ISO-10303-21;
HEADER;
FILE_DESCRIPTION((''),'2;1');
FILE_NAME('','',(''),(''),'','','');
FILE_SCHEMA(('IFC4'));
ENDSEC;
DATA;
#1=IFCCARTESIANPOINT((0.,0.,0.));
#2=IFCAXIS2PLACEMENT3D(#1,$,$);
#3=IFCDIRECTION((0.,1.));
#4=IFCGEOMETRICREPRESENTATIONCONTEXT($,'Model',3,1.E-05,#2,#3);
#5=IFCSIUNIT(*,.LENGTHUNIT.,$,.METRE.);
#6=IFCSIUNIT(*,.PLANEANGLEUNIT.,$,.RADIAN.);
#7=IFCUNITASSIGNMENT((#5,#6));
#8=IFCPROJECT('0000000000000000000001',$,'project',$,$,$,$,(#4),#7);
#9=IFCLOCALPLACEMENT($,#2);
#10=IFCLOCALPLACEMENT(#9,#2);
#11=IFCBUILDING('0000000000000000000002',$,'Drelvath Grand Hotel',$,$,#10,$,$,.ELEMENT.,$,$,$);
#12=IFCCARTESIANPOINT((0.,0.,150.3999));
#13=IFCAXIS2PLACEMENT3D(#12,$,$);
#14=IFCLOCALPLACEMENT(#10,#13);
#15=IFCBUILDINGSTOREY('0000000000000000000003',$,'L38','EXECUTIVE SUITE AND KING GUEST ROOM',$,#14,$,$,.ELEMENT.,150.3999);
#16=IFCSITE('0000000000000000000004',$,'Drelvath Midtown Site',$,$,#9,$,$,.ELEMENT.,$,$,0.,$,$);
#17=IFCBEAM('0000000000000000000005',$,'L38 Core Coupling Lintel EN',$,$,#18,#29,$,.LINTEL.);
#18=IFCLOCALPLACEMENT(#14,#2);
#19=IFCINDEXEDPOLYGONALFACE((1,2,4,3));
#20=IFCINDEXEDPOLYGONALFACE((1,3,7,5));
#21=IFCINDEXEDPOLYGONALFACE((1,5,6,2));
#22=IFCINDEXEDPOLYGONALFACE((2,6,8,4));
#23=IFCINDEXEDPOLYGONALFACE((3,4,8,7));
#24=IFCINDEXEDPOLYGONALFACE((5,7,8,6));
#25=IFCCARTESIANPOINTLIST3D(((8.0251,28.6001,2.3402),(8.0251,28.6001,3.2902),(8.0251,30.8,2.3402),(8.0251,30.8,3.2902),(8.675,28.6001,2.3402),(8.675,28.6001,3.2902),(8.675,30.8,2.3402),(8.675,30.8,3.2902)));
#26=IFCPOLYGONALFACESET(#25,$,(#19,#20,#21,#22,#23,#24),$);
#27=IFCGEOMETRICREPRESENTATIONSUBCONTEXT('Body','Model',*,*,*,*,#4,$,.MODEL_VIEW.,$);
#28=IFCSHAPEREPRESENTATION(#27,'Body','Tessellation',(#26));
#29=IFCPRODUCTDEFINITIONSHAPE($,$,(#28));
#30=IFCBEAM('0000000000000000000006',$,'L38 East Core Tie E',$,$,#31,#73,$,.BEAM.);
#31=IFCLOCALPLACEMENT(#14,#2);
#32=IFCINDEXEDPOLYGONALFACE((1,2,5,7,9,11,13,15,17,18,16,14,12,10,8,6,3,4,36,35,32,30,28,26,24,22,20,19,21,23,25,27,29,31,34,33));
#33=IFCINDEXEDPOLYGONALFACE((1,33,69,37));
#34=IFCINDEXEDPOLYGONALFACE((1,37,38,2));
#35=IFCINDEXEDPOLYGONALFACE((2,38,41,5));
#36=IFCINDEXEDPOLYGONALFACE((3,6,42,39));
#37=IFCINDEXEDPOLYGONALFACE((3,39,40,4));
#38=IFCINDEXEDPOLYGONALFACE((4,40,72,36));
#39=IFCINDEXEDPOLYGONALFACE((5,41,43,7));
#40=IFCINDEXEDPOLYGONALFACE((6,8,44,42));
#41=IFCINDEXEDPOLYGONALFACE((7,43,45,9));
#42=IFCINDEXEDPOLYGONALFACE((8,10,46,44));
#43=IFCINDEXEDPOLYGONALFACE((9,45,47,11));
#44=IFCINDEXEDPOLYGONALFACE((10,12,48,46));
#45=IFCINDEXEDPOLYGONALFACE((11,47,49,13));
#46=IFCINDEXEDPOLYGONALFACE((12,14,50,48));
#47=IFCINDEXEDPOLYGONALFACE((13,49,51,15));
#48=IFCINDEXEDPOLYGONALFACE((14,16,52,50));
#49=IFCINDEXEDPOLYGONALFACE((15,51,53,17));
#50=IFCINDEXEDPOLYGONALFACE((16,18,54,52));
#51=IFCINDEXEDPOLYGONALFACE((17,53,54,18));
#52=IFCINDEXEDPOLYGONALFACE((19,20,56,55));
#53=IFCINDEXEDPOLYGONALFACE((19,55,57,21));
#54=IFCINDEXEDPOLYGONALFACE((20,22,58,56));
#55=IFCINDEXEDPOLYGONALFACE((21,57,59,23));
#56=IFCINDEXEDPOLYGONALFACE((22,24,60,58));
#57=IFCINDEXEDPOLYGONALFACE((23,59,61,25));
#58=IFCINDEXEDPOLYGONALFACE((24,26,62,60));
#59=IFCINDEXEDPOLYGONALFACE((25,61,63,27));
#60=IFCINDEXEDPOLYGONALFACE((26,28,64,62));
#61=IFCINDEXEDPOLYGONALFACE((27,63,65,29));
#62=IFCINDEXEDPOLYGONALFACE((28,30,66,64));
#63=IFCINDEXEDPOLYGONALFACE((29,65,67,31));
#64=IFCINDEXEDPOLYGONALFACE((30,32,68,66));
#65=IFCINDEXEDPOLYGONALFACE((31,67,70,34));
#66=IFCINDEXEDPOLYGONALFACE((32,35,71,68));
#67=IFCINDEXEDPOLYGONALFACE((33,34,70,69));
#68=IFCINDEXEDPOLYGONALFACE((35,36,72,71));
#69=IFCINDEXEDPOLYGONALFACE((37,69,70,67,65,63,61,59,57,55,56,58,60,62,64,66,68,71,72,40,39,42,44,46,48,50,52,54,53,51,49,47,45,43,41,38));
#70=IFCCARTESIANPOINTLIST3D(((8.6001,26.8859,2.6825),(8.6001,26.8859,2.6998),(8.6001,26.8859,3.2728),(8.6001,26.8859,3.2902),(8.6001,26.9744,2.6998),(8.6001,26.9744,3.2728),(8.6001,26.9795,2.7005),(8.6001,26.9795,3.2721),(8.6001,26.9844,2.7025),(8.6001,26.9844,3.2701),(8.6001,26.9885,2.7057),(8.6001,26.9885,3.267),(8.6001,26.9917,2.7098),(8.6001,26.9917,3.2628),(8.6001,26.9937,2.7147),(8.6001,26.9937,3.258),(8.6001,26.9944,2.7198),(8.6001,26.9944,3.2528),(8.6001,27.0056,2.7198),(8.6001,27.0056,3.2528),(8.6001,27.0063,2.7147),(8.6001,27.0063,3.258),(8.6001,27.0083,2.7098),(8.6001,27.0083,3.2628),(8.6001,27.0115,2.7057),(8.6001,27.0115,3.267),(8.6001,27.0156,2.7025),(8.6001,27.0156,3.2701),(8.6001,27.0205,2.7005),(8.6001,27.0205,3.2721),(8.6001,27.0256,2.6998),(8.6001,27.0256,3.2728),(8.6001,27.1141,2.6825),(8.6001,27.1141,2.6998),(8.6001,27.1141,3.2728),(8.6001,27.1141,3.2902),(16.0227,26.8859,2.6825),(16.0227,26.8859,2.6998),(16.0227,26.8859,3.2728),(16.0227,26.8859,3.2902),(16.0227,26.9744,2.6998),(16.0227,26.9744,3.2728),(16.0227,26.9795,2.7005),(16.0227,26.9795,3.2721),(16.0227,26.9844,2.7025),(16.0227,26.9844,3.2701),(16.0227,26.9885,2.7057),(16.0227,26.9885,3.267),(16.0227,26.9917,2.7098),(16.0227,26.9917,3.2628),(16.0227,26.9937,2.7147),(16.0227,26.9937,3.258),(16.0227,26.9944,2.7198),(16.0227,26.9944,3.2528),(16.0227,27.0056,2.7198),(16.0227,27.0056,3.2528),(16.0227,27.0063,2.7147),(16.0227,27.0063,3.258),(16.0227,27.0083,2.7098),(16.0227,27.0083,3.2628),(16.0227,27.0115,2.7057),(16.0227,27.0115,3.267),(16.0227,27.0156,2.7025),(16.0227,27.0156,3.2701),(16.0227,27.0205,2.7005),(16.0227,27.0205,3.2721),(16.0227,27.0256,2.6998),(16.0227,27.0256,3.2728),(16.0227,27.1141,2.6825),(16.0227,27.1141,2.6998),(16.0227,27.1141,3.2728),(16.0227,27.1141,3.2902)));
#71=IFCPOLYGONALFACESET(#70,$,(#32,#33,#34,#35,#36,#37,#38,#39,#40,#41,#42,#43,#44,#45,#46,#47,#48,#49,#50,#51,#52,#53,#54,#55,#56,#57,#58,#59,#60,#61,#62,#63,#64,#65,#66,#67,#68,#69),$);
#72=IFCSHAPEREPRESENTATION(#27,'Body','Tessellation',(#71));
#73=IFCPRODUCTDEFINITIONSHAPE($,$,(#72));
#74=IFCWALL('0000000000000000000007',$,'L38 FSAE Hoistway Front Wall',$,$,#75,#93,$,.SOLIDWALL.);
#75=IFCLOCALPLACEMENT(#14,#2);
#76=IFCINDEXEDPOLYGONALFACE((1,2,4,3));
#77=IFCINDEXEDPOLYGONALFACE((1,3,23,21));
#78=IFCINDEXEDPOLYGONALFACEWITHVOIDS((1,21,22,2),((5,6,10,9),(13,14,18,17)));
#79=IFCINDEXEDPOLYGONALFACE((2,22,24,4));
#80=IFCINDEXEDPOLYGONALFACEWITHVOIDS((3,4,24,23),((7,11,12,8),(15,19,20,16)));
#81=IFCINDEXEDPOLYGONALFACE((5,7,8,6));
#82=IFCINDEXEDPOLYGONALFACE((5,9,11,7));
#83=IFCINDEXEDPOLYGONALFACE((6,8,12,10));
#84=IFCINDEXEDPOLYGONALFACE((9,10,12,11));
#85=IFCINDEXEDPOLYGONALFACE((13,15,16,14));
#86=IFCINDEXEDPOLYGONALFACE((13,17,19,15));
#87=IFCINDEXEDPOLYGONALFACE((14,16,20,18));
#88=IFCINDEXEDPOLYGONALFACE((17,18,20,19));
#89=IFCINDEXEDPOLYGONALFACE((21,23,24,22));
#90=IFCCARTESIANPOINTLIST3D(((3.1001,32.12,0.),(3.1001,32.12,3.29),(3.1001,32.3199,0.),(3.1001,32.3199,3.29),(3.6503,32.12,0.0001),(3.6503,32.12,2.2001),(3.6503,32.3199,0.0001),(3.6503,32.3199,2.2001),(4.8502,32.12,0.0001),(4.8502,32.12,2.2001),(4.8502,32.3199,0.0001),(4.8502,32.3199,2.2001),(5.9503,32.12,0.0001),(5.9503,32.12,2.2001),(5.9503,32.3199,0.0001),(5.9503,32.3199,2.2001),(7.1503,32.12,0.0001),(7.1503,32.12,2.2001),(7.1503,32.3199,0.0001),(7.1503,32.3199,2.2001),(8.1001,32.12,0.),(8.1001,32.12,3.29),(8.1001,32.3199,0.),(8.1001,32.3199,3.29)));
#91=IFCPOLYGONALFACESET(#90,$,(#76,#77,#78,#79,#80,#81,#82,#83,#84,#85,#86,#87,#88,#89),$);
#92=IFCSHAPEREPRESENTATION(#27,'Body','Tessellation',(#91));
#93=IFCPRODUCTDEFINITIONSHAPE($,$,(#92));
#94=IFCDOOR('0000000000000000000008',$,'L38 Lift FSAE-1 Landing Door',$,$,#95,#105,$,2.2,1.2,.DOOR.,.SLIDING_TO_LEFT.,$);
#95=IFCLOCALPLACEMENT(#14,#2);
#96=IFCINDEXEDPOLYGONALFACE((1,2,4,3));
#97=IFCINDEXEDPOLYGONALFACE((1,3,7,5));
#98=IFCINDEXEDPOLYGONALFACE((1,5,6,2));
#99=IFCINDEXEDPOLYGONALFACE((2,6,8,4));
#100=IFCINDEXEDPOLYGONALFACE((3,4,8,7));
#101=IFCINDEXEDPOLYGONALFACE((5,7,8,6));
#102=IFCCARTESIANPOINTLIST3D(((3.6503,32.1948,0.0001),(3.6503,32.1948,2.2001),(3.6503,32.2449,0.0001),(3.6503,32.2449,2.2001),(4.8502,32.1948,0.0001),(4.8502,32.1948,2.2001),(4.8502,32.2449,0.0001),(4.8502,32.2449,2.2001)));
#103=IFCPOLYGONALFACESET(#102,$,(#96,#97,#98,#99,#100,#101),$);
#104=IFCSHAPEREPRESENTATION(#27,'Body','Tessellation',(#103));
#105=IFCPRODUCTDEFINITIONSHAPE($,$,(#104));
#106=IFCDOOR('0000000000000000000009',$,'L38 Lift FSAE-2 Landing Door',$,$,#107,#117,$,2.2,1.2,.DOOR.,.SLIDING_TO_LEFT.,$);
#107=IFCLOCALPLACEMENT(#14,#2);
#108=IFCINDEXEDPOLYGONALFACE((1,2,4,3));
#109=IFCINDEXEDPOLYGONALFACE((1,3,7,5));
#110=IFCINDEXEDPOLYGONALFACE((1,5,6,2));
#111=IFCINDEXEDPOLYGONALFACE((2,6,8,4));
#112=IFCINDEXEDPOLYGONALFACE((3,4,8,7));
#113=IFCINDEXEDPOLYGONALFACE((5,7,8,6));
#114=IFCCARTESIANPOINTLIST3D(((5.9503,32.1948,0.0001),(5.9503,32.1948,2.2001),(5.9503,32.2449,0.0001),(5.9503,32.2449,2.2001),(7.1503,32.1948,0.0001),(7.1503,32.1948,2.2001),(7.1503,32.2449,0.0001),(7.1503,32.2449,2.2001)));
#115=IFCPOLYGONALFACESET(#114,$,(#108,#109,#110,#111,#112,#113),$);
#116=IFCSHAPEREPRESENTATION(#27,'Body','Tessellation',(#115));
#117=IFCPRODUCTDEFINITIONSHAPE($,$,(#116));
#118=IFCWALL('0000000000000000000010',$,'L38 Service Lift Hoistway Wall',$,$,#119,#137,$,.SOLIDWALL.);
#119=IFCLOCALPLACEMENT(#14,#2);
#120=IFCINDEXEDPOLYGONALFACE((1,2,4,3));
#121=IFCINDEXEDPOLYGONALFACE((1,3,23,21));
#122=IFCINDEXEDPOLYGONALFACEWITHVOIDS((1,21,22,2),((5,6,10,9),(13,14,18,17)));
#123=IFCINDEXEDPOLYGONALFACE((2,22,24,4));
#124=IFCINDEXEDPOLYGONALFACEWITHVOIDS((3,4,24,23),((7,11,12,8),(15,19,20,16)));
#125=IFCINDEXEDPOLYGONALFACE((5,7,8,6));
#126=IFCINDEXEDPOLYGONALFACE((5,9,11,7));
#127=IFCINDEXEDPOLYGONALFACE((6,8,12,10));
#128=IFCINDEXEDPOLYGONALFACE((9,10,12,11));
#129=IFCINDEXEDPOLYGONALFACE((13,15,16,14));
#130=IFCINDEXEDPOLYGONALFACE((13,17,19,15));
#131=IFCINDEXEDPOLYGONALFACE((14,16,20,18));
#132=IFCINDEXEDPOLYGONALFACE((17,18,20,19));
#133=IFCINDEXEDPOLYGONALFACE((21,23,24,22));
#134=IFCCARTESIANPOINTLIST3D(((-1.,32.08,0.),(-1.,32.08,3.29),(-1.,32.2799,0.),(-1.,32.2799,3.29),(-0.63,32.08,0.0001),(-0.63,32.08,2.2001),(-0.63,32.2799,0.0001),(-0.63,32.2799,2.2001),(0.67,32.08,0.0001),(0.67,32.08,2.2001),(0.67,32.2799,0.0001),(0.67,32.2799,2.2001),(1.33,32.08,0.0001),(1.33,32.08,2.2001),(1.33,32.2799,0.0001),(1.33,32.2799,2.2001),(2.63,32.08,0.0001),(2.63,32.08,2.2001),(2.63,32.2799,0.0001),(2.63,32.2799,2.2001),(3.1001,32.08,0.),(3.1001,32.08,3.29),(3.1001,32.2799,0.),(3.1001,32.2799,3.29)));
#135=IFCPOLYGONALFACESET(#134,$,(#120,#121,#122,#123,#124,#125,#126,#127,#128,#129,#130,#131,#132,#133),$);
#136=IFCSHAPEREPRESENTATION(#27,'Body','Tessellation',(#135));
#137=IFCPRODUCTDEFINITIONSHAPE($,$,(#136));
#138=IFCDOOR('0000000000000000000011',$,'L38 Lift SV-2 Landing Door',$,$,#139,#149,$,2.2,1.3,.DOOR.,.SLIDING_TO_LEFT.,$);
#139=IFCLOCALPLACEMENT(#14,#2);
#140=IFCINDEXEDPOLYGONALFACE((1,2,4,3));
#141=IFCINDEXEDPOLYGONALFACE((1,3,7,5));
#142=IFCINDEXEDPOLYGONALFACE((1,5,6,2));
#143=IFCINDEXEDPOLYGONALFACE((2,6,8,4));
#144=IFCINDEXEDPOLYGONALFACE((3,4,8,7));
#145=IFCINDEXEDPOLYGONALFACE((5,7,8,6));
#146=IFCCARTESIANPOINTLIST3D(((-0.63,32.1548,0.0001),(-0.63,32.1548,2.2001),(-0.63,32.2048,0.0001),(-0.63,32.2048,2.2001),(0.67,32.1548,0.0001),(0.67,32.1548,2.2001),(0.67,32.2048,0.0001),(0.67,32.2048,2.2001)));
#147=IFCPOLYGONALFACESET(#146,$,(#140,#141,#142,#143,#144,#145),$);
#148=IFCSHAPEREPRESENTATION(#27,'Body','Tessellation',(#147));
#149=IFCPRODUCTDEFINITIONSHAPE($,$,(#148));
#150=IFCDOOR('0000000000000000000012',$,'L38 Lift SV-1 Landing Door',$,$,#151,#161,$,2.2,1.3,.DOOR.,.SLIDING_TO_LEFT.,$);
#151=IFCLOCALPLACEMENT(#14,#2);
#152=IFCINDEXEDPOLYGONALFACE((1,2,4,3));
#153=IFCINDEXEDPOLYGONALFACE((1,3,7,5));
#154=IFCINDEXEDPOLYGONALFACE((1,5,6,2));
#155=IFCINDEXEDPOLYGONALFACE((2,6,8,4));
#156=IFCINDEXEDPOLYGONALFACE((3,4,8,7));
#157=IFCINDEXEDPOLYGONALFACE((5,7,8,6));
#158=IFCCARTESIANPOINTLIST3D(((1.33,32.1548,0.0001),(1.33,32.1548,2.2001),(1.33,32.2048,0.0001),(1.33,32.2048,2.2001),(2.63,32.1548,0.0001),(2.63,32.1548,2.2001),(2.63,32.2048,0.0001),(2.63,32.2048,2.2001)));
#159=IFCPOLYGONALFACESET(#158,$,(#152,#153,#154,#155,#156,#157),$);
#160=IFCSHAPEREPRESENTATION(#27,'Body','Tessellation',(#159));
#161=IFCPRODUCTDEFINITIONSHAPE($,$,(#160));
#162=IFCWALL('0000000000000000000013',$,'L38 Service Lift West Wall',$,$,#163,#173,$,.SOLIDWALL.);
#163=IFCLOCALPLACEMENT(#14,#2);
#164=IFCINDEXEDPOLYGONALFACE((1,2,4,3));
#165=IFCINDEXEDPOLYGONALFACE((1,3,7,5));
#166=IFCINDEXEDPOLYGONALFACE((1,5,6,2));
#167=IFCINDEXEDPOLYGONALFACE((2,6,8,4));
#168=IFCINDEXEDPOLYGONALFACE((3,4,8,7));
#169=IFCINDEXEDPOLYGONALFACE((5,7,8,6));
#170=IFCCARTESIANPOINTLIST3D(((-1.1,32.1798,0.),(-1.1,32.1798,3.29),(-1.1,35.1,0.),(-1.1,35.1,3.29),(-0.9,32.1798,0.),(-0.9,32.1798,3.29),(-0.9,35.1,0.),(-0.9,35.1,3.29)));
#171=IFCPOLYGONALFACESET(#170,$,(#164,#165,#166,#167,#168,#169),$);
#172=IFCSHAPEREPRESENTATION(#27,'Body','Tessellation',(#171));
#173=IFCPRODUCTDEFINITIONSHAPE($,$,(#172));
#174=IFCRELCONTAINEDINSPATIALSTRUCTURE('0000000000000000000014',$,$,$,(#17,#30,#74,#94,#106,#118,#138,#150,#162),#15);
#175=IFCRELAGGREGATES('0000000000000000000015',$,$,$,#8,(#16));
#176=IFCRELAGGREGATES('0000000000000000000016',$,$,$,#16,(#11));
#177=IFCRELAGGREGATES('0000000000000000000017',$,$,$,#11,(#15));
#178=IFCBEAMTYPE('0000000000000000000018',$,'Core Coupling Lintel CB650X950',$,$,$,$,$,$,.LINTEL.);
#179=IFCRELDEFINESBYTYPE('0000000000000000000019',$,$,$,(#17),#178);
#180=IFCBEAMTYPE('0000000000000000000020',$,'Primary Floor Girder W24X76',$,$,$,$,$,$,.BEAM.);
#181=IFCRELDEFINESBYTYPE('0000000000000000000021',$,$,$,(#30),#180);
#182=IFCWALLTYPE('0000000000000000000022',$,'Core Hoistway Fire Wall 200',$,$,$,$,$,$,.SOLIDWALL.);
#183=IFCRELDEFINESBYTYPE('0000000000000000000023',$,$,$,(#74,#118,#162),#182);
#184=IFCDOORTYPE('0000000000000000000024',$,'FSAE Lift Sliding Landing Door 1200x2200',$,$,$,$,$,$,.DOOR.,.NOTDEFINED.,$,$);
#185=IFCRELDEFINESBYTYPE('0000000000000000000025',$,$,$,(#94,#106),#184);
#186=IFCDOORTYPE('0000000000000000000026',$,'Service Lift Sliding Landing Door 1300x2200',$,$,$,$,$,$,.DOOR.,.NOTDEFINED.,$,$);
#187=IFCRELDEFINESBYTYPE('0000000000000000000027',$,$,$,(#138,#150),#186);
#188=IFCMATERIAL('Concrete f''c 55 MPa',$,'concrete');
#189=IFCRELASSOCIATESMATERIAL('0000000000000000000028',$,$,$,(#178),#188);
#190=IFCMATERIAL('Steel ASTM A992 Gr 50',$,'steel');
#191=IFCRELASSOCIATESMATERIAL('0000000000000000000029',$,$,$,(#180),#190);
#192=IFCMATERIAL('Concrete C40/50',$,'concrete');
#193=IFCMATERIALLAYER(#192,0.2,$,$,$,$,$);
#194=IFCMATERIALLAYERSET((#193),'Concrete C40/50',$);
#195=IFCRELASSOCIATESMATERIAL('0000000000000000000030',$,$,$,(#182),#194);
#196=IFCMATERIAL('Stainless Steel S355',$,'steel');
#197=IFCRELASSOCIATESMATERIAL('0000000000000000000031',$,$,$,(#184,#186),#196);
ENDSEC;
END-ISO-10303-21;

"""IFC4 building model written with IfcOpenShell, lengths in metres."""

from ifc_helpers import new_model, si_unit, direction, frame, frame_2d, origin, origin_2d, place, context, subcontext, project, spatial, rectangle, i_section, extrude, material, layer, layer_set, material_profile, profile_set, type_object, element, fill, save


model = new_model("IFC4")

# Units and contexts
model_context = context("Model", 3, precision=1e-05, world=origin(), true_north=direction((0.0, 1.0)))
body_context = subcontext(model_context, "Body", "Model", "MODEL_VIEW")
ifc_project = project(units=[si_unit("LENGTHUNIT", "METRE"), si_unit("PLANEANGLEUNIT", "RADIAN")], contexts=[model_context])

# Site, building, storey
site_placement = place(None, origin())
site = spatial("IfcSite", under=ifc_project, at=site_placement, Name="Drelvath Midtown Site", CompositionType="ELEMENT", RefElevation=0.0)
building_placement = place(site_placement, origin())
building = spatial("IfcBuilding", under=site, at=building_placement, Name="Drelvath Grand Hotel", CompositionType="ELEMENT")
storey_placement = place(building_placement, frame((0.0, 0.0, 150.3999)))
storey = spatial("IfcBuildingStorey", under=building, at=storey_placement, Name="L38", Description="EXECUTIVE SUITE AND KING GUEST ROOM", CompositionType="ELEMENT", Elevation=150.3999)

# Beams
ifc_material_1 = material(Name="Concrete f'c 55 MPa", Category="concrete")
ifc_material_profile_1 = material_profile(ifc_material_1, rectangle(XDim=0.6499, YDim=0.95, at=origin_2d()), Name="CB650X950")
ifc_profile_set_1 = profile_set([ifc_material_profile_1], Name="Concrete f'c 55 MPa")
beam_type_1 = type_object("IfcBeamType", Name="Core Coupling Lintel CB650X950", PredefinedType="LINTEL", material=ifc_profile_set_1)
beam_1_placement = place(storey_placement, frame((8.3501, 28.6001, 2.8152), z_axis=(0.0, 1.0, 0.0), x_axis=(-1.0, 0.0, 0.0)))
element("IfcBeam", 1, at=beam_1_placement, inside=storey, type_object=beam_type_1, Name="L38 Core Coupling Lintel EN", PredefinedType="LINTEL", context=body_context, shape_type="SweptSolid", body=[
    extrude(rectangle(XDim=0.6499, YDim=0.95, at=origin_2d()), origin(), (0.0, 0.0, 1.0), 2.2),
])
ifc_material_2 = material(Name="Steel ASTM A992 Gr 50", Category="steel")
ifc_material_profile_2 = material_profile(ifc_material_2, i_section(OverallWidth=0.2283, OverallDepth=0.6077, WebThickness=0.0112, FlangeThickness=0.0173, FilletRadius=0.02, at=origin_2d()), Name="W24X76")
ifc_profile_set_2 = profile_set([ifc_material_profile_2], Name="Steel ASTM A992 Gr 50")
beam_type_2 = type_object("IfcBeamType", Name="Primary Floor Girder W24X76", PredefinedType="BEAM", material=ifc_profile_set_2)
beam_2_placement = place(storey_placement, frame((8.6001, 27.0, 2.9863), z_axis=(1.0, 0.0, 0.0), x_axis=(0.0, 1.0, 0.0)))
element("IfcBeam", 2, at=beam_2_placement, inside=storey, type_object=beam_type_2, Name="L38 East Core Tie E", PredefinedType="BEAM", context=body_context, shape_type="SweptSolid", body=[
    extrude(i_section(OverallWidth=0.2283, OverallDepth=0.6077, WebThickness=0.0112, FlangeThickness=0.0173, FilletRadius=0.02, at=origin_2d()), origin(), (0.0, 0.0, 1.0), 7.4226),
])

# Walls, openings, doors
ifc_material_3 = material(Name="Concrete C40/50", Category="concrete")
ifc_layer_1 = layer(ifc_material_3, 0.2)
ifc_layer_set_1 = layer_set([ifc_layer_1], Name="Concrete C40/50")
wall_type_1 = type_object("IfcWallType", Name="Core Hoistway Fire Wall 200", PredefinedType="SOLIDWALL", material=ifc_layer_set_1)
wall_1_placement = place(storey_placement, frame((3.1001, 32.22, 0.0), z_axis=(0.0, 0.0, 1.0), x_axis=(1.0, 0.0, 0.0)))
wall_1 = element("IfcWall", 3, at=wall_1_placement, inside=storey, type_object=wall_type_1, Name="L38 FSAE Hoistway Front Wall", PredefinedType="SOLIDWALL", context=body_context, shape_type="SweptSolid", body=[
    extrude(rectangle(XDim=5.0, YDim=0.2, at=frame_2d((2.5, 0.0))), origin(), (0.0, 0.0, 1.0), 3.29),
])
opening_1_placement = place(wall_1_placement, frame((0.55, 0.0, 0.0)))
opening_1 = element("IfcOpeningElement", 4, at=opening_1_placement, cuts=wall_1, PredefinedType="OPENING", context=body_context, shape_type="SweptSolid", body=[
    extrude(rectangle(XDim=1.2, YDim=2.2, at=frame_2d((0.6001, 1.1001))), frame((0.0, 0.1099, 0.0), z_axis=(0.0, -1.0, 0.0), x_axis=(1.0, 0.0, 0.0)), (0.0, 0.0, 1.0), 0.22),
])
opening_2_placement = place(wall_1_placement, frame((2.8501, 0.0, 0.0)))
opening_2 = element("IfcOpeningElement", 5, at=opening_2_placement, cuts=wall_1, PredefinedType="OPENING", context=body_context, shape_type="SweptSolid", body=[
    extrude(rectangle(XDim=1.2, YDim=2.2, at=frame_2d((0.6001, 1.1001))), frame((0.0, 0.1099, 0.0), z_axis=(0.0, -1.0, 0.0), x_axis=(1.0, 0.0, 0.0)), (0.0, 0.0, 1.0), 0.22),
])
ifc_material_4 = material(Name="Stainless Steel S355", Category="steel")
door_type_1 = type_object("IfcDoorType", Name="FSAE Lift Sliding Landing Door 1200x2200", OperationType="NOTDEFINED", PredefinedType="DOOR", material=ifc_material_4)
door_1_placement = place(opening_1_placement, origin())
door_1 = element("IfcDoor", 6, at=door_1_placement, inside=storey, type_object=door_type_1, Name="L38 Lift FSAE-1 Landing Door", OperationType="SLIDING_TO_LEFT", OverallHeight=2.2, OverallWidth=1.2, PredefinedType="DOOR", context=body_context, shape_type="SweptSolid", body=[
    extrude(rectangle(XDim=1.2, YDim=2.2, at=frame_2d((0.6001, 1.1001))), frame((0.0, 0.0249, 0.0), z_axis=(0.0, -1.0, 0.0), x_axis=(1.0, 0.0, 0.0)), (0.0, 0.0, 1.0), 0.05),
])
fill(opening_1, door_1)
door_2_placement = place(opening_2_placement, origin())
door_2 = element("IfcDoor", 7, at=door_2_placement, inside=storey, type_object=door_type_1, Name="L38 Lift FSAE-2 Landing Door", OperationType="SLIDING_TO_LEFT", OverallHeight=2.2, OverallWidth=1.2, PredefinedType="DOOR", context=body_context, shape_type="SweptSolid", body=[
    extrude(rectangle(XDim=1.2, YDim=2.2, at=frame_2d((0.6001, 1.1001))), frame((0.0, 0.0249, 0.0), z_axis=(0.0, -1.0, 0.0), x_axis=(1.0, 0.0, 0.0)), (0.0, 0.0, 1.0), 0.05),
])
fill(opening_2, door_2)
wall_2_placement = place(storey_placement, frame((-1.0, 32.1799, 0.0), z_axis=(0.0, 0.0, 1.0), x_axis=(1.0, 0.0, 0.0)))
wall_2 = element("IfcWall", 8, at=wall_2_placement, inside=storey, type_object=wall_type_1, Name="L38 Service Lift Hoistway Wall", PredefinedType="SOLIDWALL", context=body_context, shape_type="SweptSolid", body=[
    extrude(rectangle(XDim=4.1001, YDim=0.2, at=frame_2d((2.05, 0.0))), origin(), (0.0, 0.0, 1.0), 3.29),
])
opening_3_placement = place(wall_2_placement, frame((0.3701, 0.0, 0.0)))
opening_3 = element("IfcOpeningElement", 9, at=opening_3_placement, cuts=wall_2, PredefinedType="OPENING", context=body_context, shape_type="SweptSolid", body=[
    extrude(rectangle(XDim=1.3, YDim=2.2, at=frame_2d((0.6499, 1.1001))), frame((0.0, 0.1099, 0.0), z_axis=(0.0, -1.0, 0.0), x_axis=(1.0, 0.0, 0.0)), (0.0, 0.0, 1.0), 0.22),
])
opening_4_placement = place(wall_2_placement, frame((2.3301, 0.0, 0.0)))
opening_4 = element("IfcOpeningElement", 10, at=opening_4_placement, cuts=wall_2, PredefinedType="OPENING", context=body_context, shape_type="SweptSolid", body=[
    extrude(rectangle(XDim=1.3, YDim=2.2, at=frame_2d((0.6499, 1.1001))), frame((0.0, 0.1099, 0.0), z_axis=(0.0, -1.0, 0.0), x_axis=(1.0, 0.0, 0.0)), (0.0, 0.0, 1.0), 0.22),
])
door_type_2 = type_object("IfcDoorType", Name="Service Lift Sliding Landing Door 1300x2200", OperationType="NOTDEFINED", PredefinedType="DOOR", material=ifc_material_4)
door_3_placement = place(opening_3_placement, origin())
door_3 = element("IfcDoor", 11, at=door_3_placement, inside=storey, type_object=door_type_2, Name="L38 Lift SV-2 Landing Door", OperationType="SLIDING_TO_LEFT", OverallHeight=2.2, OverallWidth=1.3, PredefinedType="DOOR", context=body_context, shape_type="SweptSolid", body=[
    extrude(rectangle(XDim=1.3, YDim=2.2, at=frame_2d((0.6499, 1.1001))), frame((0.0, 0.0249, 0.0), z_axis=(0.0, -1.0, 0.0), x_axis=(1.0, 0.0, 0.0)), (0.0, 0.0, 1.0), 0.05),
])
fill(opening_3, door_3)
door_4_placement = place(opening_4_placement, origin())
door_4 = element("IfcDoor", 12, at=door_4_placement, inside=storey, type_object=door_type_2, Name="L38 Lift SV-1 Landing Door", OperationType="SLIDING_TO_LEFT", OverallHeight=2.2, OverallWidth=1.3, PredefinedType="DOOR", context=body_context, shape_type="SweptSolid", body=[
    extrude(rectangle(XDim=1.3, YDim=2.2, at=frame_2d((0.6499, 1.1001))), frame((0.0, 0.0249, 0.0), z_axis=(0.0, -1.0, 0.0), x_axis=(1.0, 0.0, 0.0)), (0.0, 0.0, 1.0), 0.05),
])
fill(opening_4, door_4)

# Wall
wall_3_placement = place(storey_placement, frame((-1.0, 32.1799, 0.0), z_axis=(0.0, 0.0, 1.0), x_axis=(0.0, 1.0, 0.0)))
element("IfcWall", 13, at=wall_3_placement, inside=storey, type_object=wall_type_1, Name="L38 Service Lift West Wall", PredefinedType="SOLIDWALL", context=body_context, shape_type="SweptSolid", body=[
    extrude(rectangle(XDim=2.9202, YDim=0.2, at=frame_2d((1.46, 0.0))), origin(), (0.0, 0.0, 1.0), 3.29),
])

save(model, "model.ifc")
